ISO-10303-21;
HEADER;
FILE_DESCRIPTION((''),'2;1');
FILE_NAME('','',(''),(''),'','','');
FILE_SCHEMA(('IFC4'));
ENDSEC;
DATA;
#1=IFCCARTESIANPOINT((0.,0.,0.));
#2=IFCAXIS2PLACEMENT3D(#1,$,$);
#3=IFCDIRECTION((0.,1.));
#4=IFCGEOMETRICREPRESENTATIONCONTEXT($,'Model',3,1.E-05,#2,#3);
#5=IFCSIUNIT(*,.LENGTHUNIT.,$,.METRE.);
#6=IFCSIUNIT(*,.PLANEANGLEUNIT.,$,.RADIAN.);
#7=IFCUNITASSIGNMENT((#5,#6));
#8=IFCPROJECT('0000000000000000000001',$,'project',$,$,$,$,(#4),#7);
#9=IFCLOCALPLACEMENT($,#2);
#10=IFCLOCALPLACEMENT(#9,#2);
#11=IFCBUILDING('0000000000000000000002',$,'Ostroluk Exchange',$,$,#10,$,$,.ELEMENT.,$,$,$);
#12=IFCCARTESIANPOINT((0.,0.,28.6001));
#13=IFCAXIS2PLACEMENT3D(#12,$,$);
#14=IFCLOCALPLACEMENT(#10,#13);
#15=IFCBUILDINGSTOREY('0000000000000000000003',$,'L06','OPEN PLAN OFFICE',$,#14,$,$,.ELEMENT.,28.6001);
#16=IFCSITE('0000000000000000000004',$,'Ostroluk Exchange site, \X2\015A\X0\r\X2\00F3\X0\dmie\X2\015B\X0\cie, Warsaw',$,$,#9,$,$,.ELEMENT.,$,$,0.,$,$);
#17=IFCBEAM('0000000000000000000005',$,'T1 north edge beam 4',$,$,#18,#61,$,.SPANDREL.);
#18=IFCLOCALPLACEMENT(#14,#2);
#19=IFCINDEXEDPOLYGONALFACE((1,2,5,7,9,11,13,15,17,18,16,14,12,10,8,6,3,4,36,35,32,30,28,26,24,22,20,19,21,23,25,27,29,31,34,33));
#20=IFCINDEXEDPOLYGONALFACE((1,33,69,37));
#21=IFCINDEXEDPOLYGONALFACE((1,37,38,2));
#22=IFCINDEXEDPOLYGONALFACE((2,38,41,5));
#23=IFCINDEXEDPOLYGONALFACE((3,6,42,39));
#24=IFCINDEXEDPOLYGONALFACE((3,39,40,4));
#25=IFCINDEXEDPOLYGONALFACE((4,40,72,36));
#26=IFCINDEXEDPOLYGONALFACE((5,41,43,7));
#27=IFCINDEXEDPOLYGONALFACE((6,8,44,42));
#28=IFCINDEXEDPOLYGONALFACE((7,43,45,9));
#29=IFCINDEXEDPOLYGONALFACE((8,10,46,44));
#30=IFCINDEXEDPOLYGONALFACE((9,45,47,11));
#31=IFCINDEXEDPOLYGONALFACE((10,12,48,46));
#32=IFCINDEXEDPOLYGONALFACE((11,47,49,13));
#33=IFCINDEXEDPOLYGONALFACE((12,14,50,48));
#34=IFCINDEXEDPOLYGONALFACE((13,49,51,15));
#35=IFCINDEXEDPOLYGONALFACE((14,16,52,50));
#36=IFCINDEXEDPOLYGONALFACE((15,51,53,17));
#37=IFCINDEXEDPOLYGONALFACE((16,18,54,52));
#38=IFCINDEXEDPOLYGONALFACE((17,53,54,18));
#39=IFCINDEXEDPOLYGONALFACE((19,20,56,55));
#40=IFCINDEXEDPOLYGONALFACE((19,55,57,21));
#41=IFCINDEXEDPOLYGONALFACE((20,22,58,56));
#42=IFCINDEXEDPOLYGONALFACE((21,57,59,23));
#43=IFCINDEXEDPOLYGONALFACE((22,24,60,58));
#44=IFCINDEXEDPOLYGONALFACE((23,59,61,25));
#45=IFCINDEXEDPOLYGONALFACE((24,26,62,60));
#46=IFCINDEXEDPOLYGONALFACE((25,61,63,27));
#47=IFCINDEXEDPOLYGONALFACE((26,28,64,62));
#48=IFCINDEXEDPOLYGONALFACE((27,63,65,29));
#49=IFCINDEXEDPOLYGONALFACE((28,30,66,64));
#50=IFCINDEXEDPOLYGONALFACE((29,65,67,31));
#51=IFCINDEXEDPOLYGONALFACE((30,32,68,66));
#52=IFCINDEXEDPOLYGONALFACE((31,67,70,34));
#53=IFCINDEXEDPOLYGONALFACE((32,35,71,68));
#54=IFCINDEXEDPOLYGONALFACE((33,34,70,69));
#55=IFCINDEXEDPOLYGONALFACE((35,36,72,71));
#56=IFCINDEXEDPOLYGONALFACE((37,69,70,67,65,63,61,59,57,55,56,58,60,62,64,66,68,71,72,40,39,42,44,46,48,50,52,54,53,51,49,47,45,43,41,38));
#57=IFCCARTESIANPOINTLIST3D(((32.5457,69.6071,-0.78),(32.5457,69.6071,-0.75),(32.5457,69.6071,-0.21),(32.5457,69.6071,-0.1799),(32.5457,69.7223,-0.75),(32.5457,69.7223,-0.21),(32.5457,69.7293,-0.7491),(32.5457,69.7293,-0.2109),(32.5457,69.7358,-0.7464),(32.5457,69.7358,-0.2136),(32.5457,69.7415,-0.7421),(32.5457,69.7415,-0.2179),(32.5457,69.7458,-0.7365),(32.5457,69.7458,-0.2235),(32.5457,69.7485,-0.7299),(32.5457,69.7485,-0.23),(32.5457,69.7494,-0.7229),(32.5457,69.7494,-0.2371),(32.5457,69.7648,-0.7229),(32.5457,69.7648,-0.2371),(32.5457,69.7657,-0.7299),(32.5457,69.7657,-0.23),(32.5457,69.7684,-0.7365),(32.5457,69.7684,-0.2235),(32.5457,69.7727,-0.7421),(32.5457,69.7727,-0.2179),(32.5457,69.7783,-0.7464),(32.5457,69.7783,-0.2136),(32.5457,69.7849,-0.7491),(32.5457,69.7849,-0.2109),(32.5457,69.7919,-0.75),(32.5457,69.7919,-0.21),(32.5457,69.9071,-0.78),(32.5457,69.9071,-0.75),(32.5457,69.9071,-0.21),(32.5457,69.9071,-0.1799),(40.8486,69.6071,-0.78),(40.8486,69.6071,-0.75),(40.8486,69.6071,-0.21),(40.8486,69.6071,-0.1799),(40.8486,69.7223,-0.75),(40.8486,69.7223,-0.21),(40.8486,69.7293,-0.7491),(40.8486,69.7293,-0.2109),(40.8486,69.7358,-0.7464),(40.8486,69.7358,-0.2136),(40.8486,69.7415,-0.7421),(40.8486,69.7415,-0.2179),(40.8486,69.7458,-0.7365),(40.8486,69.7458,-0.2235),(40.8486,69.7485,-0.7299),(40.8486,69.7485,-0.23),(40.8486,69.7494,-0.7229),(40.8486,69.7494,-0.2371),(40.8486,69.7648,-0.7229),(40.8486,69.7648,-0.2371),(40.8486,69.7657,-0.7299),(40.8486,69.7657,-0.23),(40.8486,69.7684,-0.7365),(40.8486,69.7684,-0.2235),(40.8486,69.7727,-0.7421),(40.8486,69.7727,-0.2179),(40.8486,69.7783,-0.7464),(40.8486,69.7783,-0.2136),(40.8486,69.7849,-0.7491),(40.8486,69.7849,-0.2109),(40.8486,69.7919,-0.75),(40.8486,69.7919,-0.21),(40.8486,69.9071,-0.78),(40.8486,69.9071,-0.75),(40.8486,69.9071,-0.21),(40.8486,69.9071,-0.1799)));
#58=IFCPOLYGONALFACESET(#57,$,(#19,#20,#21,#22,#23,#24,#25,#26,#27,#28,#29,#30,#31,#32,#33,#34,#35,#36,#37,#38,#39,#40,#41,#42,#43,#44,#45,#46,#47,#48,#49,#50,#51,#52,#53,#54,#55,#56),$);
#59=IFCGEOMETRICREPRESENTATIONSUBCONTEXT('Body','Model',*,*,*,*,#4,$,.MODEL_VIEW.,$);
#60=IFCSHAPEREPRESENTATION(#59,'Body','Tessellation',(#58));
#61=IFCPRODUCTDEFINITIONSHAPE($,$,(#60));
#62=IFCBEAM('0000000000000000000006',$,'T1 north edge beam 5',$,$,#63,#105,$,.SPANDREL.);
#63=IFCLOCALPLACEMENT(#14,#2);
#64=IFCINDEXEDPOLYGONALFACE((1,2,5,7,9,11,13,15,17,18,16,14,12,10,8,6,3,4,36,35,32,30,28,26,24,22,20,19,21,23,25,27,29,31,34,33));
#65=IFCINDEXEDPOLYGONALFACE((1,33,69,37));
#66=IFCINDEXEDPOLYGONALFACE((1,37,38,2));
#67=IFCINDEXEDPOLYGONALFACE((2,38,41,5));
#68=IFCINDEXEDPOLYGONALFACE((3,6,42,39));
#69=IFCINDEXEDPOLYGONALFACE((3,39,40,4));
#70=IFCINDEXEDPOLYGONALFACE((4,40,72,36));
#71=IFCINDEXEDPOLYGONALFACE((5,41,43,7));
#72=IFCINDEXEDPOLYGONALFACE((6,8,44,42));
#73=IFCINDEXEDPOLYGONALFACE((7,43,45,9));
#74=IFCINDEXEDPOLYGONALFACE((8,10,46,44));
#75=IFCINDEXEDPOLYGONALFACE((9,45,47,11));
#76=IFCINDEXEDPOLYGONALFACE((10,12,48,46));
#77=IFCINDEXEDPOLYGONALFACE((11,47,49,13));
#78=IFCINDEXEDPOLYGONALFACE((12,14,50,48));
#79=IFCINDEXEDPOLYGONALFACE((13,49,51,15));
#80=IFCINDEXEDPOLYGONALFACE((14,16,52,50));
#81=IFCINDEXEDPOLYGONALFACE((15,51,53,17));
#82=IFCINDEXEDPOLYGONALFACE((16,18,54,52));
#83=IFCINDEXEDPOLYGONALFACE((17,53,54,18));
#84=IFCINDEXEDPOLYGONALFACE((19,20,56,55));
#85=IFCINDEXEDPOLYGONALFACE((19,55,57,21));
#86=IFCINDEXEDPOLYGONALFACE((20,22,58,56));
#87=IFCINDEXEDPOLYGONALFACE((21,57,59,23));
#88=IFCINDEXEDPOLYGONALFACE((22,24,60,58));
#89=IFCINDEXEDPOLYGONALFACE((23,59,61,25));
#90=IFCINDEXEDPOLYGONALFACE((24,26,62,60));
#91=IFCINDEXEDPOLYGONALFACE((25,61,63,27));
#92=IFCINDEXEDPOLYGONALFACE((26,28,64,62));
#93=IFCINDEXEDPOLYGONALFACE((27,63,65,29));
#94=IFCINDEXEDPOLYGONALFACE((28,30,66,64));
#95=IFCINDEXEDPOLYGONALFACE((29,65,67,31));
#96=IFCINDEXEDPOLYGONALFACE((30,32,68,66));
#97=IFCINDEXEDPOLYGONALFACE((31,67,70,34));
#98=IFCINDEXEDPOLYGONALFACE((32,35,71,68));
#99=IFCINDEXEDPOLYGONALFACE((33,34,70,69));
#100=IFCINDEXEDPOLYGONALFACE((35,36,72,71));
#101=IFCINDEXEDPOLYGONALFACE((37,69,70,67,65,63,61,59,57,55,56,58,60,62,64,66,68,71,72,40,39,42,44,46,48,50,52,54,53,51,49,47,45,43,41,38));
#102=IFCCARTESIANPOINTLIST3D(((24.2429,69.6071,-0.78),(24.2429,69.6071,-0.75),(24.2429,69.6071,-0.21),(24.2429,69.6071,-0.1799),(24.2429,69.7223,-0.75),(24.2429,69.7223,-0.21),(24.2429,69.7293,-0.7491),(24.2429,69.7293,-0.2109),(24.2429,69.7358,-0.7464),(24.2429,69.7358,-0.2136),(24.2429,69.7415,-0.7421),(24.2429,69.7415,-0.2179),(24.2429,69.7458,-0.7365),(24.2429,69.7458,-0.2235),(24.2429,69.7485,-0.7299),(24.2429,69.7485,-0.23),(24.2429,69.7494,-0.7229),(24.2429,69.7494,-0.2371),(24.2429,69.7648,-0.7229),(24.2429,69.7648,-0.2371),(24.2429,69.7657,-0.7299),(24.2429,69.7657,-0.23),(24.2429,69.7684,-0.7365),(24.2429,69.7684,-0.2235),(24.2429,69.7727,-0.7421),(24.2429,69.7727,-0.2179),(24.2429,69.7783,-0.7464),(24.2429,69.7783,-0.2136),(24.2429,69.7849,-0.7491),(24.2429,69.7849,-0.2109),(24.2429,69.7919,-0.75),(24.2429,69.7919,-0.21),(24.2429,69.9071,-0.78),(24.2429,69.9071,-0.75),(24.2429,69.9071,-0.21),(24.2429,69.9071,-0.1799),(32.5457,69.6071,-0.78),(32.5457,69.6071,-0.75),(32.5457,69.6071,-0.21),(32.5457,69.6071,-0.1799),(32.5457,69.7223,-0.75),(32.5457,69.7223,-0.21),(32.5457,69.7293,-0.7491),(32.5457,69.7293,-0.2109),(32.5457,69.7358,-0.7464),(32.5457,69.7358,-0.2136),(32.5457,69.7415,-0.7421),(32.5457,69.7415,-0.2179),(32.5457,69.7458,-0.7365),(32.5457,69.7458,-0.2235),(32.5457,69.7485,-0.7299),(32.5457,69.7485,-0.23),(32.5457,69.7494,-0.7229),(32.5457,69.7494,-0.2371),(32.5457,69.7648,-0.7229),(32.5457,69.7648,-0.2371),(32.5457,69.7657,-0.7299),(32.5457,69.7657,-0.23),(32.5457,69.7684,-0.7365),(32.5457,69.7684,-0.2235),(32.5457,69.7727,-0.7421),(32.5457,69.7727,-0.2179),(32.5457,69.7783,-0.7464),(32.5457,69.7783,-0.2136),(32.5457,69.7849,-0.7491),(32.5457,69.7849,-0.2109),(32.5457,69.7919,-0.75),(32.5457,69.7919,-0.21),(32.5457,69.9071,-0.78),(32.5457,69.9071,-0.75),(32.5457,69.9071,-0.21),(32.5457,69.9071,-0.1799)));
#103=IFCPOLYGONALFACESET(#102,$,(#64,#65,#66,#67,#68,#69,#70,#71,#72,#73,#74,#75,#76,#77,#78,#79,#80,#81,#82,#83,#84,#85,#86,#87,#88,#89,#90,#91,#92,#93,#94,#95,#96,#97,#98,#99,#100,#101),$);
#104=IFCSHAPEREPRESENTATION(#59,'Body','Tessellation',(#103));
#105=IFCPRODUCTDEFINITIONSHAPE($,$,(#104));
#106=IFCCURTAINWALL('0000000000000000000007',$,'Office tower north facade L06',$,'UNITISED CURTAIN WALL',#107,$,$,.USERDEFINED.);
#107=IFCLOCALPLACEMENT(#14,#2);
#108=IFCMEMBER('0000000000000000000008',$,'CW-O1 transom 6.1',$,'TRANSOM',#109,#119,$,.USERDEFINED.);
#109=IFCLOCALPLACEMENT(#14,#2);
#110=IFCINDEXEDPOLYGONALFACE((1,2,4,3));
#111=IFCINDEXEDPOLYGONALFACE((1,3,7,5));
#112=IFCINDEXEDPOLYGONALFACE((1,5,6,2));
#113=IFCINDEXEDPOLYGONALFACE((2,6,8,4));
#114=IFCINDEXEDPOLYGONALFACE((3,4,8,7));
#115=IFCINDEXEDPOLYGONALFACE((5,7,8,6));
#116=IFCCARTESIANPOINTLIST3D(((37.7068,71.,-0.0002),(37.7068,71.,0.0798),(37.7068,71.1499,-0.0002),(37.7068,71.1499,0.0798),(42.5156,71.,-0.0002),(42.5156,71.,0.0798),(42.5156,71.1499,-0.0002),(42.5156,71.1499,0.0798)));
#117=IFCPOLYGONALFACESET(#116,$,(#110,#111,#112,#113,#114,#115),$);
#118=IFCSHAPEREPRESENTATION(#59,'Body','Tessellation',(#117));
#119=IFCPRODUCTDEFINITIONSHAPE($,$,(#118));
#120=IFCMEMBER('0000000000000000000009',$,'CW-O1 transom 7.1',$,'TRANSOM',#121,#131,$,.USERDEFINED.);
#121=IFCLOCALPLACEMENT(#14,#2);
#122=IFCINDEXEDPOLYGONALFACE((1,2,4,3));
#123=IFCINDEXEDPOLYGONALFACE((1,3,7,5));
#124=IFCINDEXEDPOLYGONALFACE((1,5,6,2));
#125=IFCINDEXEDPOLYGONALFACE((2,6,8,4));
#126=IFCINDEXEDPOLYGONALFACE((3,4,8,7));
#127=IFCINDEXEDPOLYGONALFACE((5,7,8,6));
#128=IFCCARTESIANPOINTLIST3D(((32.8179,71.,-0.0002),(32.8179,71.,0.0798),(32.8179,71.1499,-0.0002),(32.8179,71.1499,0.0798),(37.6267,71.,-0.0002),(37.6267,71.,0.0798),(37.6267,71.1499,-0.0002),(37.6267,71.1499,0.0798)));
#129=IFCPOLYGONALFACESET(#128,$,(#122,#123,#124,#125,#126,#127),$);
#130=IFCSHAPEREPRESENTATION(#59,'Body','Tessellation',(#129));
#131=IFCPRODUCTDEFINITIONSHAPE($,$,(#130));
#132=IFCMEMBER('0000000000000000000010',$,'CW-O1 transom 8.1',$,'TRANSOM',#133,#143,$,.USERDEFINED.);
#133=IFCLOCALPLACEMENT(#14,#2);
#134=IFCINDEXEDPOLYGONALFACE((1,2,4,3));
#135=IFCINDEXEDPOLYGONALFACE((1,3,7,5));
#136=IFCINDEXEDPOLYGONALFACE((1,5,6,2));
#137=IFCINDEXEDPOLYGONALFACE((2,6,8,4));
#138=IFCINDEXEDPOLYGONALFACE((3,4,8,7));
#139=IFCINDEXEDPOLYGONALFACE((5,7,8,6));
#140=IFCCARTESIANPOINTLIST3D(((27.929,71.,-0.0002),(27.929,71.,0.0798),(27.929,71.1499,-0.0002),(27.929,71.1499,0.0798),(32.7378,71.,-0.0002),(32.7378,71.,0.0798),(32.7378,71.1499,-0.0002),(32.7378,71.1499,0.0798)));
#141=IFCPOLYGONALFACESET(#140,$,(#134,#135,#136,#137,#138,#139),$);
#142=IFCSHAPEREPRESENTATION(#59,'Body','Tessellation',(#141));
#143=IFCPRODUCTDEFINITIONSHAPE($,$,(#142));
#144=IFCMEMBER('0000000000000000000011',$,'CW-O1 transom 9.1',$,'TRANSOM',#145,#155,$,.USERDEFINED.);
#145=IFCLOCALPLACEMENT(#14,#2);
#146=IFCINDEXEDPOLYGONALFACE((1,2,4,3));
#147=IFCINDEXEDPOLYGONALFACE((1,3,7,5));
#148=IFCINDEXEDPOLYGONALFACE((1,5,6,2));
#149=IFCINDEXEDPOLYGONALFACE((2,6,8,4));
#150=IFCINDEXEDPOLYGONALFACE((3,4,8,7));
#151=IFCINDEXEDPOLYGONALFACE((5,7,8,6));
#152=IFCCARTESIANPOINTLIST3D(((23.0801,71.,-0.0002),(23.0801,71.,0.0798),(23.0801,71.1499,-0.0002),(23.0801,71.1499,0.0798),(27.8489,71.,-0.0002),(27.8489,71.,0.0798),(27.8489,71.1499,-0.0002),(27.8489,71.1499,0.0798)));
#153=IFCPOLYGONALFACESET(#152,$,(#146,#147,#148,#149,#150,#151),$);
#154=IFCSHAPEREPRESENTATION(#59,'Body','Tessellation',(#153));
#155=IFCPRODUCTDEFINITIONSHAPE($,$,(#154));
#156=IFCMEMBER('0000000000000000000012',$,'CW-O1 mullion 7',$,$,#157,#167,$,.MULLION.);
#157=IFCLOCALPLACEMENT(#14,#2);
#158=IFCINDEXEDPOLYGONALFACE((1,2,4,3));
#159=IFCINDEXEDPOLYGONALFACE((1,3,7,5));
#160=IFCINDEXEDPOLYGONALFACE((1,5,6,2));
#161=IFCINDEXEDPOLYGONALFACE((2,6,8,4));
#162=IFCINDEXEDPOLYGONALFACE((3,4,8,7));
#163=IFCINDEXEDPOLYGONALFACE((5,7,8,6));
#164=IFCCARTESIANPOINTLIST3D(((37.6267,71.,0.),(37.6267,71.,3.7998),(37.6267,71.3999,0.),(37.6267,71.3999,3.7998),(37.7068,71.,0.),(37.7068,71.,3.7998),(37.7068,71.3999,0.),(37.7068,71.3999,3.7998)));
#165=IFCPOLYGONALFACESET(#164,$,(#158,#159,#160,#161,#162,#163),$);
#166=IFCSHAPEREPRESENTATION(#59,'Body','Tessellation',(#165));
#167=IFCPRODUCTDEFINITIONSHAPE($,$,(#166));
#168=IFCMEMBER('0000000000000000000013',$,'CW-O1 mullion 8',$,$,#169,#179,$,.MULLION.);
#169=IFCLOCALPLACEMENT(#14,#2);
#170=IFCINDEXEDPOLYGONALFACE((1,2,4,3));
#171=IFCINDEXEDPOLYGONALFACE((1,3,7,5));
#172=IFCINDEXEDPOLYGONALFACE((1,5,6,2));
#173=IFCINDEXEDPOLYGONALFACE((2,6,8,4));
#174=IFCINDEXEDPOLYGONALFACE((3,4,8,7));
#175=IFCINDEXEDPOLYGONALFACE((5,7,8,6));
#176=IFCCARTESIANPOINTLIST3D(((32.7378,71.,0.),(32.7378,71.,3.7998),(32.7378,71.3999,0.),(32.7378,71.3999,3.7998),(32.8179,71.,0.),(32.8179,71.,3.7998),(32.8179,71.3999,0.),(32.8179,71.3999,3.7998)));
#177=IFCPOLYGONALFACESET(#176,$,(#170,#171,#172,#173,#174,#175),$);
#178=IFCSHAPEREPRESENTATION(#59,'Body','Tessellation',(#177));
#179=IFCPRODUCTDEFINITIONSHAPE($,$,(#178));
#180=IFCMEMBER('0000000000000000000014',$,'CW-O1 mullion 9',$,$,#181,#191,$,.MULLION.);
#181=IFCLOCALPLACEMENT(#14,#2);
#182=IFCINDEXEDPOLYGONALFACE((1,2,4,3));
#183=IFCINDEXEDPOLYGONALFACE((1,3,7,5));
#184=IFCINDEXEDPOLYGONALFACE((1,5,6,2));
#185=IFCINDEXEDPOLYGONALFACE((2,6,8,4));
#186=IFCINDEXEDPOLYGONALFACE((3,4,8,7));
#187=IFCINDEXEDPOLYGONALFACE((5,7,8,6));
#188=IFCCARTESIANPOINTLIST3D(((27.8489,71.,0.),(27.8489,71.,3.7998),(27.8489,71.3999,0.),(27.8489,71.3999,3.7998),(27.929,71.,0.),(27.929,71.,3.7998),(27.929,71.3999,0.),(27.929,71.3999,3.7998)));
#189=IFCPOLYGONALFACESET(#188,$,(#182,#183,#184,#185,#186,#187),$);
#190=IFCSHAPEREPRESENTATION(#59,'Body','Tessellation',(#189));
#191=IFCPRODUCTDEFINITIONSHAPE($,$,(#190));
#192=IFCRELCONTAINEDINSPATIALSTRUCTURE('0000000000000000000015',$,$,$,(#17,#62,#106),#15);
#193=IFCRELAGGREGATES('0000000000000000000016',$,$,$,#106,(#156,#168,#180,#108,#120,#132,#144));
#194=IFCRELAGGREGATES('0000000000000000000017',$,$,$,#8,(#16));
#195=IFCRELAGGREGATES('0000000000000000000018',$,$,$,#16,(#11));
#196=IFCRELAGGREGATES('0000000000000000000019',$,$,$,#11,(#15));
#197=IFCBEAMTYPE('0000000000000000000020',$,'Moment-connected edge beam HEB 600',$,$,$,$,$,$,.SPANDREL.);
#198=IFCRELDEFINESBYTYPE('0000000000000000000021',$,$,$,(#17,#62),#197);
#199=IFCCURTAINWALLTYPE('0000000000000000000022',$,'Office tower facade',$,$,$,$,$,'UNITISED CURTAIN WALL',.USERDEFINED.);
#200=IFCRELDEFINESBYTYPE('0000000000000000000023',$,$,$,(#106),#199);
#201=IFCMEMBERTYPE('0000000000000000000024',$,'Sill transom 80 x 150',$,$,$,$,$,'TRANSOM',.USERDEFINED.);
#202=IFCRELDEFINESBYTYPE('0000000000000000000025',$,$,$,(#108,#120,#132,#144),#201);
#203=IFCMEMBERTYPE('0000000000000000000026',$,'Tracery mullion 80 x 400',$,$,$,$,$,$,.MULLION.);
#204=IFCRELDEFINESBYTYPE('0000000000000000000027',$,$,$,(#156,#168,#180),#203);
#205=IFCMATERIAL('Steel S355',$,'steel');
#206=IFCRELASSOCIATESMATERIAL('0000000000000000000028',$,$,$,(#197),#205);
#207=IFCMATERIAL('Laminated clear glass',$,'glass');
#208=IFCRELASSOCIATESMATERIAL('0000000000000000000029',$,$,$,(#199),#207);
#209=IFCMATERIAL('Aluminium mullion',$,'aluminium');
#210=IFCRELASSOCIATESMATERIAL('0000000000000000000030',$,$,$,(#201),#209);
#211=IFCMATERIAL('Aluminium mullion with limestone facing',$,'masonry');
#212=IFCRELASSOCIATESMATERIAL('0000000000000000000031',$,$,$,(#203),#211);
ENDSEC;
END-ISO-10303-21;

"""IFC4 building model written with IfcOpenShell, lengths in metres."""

from ifc_helpers import new_model, si_unit, direction, frame, origin, origin_2d, place, context, subcontext, project, spatial, rectangle, i_section, extrude, material, material_profile, profile_set, type_object, element, aggregate, save


model = new_model("IFC4")

# Units and contexts
model_context = context("Model", 3, precision=1e-05, world=origin(), true_north=direction((0.0, 1.0)))
body_context = subcontext(model_context, "Body", "Model", "MODEL_VIEW")
ifc_project = project(units=[si_unit("LENGTHUNIT", "METRE"), si_unit("PLANEANGLEUNIT", "RADIAN")], contexts=[model_context])

# Site, building, storey
site_placement = place(None, origin())
site = spatial("IfcSite", under=ifc_project, at=site_placement, Name="Ostroluk Exchange site, Śródmieście, Warsaw", CompositionType="ELEMENT", RefElevation=0.0)
building_placement = place(site_placement, origin())
building = spatial("IfcBuilding", under=site, at=building_placement, Name="Ostroluk Exchange", CompositionType="ELEMENT")
storey_placement = place(building_placement, frame((0.0, 0.0, 28.6001)))
storey = spatial("IfcBuildingStorey", under=building, at=storey_placement, Name="L06", Description="OPEN PLAN OFFICE", CompositionType="ELEMENT", Elevation=28.6001)

# Beams
ifc_material_1 = material(Name="Steel S355", Category="steel")
ifc_material_profile_1 = material_profile(ifc_material_1, i_section(OverallWidth=0.3, OverallDepth=0.6001, WebThickness=0.0154, FlangeThickness=0.03, FilletRadius=0.0271, at=origin_2d()), Name="HEB 600")
ifc_profile_set_1 = profile_set([ifc_material_profile_1], Name="Steel S355")
beam_type = type_object("IfcBeamType", Name="Moment-connected edge beam HEB 600", PredefinedType="SPANDREL", material=ifc_profile_set_1)
beam_1_placement = place(storey_placement, frame((40.8486, 69.7571, -0.48), z_axis=(-1.0, 0.0, 0.0), x_axis=(0.0, -1.0, 0.0)))
element("IfcBeam", 1, at=beam_1_placement, inside=storey, type_object=beam_type, Name="T1 north edge beam 4", PredefinedType="SPANDREL", context=body_context, shape_type="SweptSolid", body=[
    extrude(i_section(OverallWidth=0.3, OverallDepth=0.6001, WebThickness=0.0154, FlangeThickness=0.03, FilletRadius=0.0271, at=origin_2d()), origin(), (0.0, 0.0, 1.0), 8.303),
])
beam_2_placement = place(storey_placement, frame((32.5457, 69.7571, -0.48), z_axis=(-1.0, 0.0, 0.0), x_axis=(0.0, -1.0, 0.0)))
element("IfcBeam", 2, at=beam_2_placement, inside=storey, type_object=beam_type, Name="T1 north edge beam 5", PredefinedType="SPANDREL", context=body_context, shape_type="SweptSolid", body=[
    extrude(i_section(OverallWidth=0.3, OverallDepth=0.6001, WebThickness=0.0154, FlangeThickness=0.03, FilletRadius=0.0271, at=origin_2d()), origin(), (0.0, 0.0, 1.0), 8.3027),
])

# Curtain wall, members
ifc_material_2 = material(Name="Laminated clear glass", Category="glass")
curtain_wall_type = type_object("IfcCurtainWallType", Name="Office tower facade", ElementType="UNITISED CURTAIN WALL", PredefinedType="USERDEFINED", material=ifc_material_2)
curtain_wall_placement = place(storey_placement, origin())
curtain_wall = element("IfcCurtainWall", 3, at=curtain_wall_placement, inside=storey, type_object=curtain_wall_type, Name="Office tower north facade L06", ObjectType="UNITISED CURTAIN WALL", PredefinedType="USERDEFINED")
ifc_material_3 = material(Name="Aluminium mullion", Category="aluminium")
ifc_material_profile_2 = material_profile(ifc_material_3, rectangle(XDim=0.1499, YDim=0.0801, at=origin_2d()), Name="Sill transom 80 x 150")
ifc_profile_set_2 = profile_set([ifc_material_profile_2], Name="Aluminium mullion")
member_type_1 = type_object("IfcMemberType", Name="Sill transom 80 x 150", ElementType="TRANSOM", PredefinedType="USERDEFINED", material=ifc_profile_set_2)
member_1_placement = place(storey_placement, frame((42.5156, 71.075, 0.0398), z_axis=(-1.0, 0.0, 0.0), x_axis=(0.0, -1.0, 0.0)))
member_1 = element("IfcMember", 4, at=member_1_placement, type_object=member_type_1, Name="CW-O1 transom 6.1", ObjectType="TRANSOM", PredefinedType="USERDEFINED", context=body_context, shape_type="SweptSolid", body=[
    extrude(rectangle(XDim=0.1499, YDim=0.0801, at=origin_2d()), origin(), (0.0, 0.0, 1.0), 4.8088),
])
member_2_placement = place(storey_placement, frame((37.6267, 71.075, 0.0398), z_axis=(-1.0, 0.0, 0.0), x_axis=(0.0, -1.0, 0.0)))
member_2 = element("IfcMember", 5, at=member_2_placement, type_object=member_type_1, Name="CW-O1 transom 7.1", ObjectType="TRANSOM", PredefinedType="USERDEFINED", context=body_context, shape_type="SweptSolid", body=[
    extrude(rectangle(XDim=0.1499, YDim=0.0801, at=origin_2d()), origin(), (0.0, 0.0, 1.0), 4.8088),
])
member_3_placement = place(storey_placement, frame((32.7378, 71.075, 0.0398), z_axis=(-1.0, 0.0, 0.0), x_axis=(0.0, -1.0, 0.0)))
member_3 = element("IfcMember", 6, at=member_3_placement, type_object=member_type_1, Name="CW-O1 transom 8.1", ObjectType="TRANSOM", PredefinedType="USERDEFINED", context=body_context, shape_type="SweptSolid", body=[
    extrude(rectangle(XDim=0.1499, YDim=0.0801, at=origin_2d()), origin(), (0.0, 0.0, 1.0), 4.8088),
])
member_4_placement = place(storey_placement, frame((27.8489, 71.075, 0.0398), z_axis=(-1.0, 0.0, 0.0), x_axis=(0.0, -1.0, 0.0)))
member_4 = element("IfcMember", 7, at=member_4_placement, type_object=member_type_1, Name="CW-O1 transom 9.1", ObjectType="TRANSOM", PredefinedType="USERDEFINED", context=body_context, shape_type="SweptSolid", body=[
    extrude(rectangle(XDim=0.1499, YDim=0.0801, at=origin_2d()), origin(), (0.0, 0.0, 1.0), 4.7688),
])
ifc_material_4 = material(Name="Aluminium mullion with limestone facing", Category="masonry")
ifc_material_profile_3 = material_profile(ifc_material_4, rectangle(XDim=0.3999, YDim=0.0801, at=origin_2d()), Name="Tracery mullion 80 x 400")
ifc_profile_set_3 = profile_set([ifc_material_profile_3], Name="Aluminium mullion with limestone facing")
member_type_2 = type_object("IfcMemberType", Name="Tracery mullion 80 x 400", PredefinedType="MULLION", material=ifc_profile_set_3)
member_5_placement = place(storey_placement, frame((37.6667, 71.2, 0.0), z_axis=(0.0, 0.0, 1.0), x_axis=(0.0, -1.0, 0.0)))
member_5 = element("IfcMember", 8, at=member_5_placement, type_object=member_type_2, Name="CW-O1 mullion 7", PredefinedType="MULLION", context=body_context, shape_type="SweptSolid", body=[
    extrude(rectangle(XDim=0.3999, YDim=0.0801, at=origin_2d()), origin(), (0.0, 0.0, 1.0), 3.7998),
])
member_6_placement = place(storey_placement, frame((32.7778, 71.2, 0.0), z_axis=(0.0, 0.0, 1.0), x_axis=(0.0, -1.0, 0.0)))
member_6 = element("IfcMember", 9, at=member_6_placement, type_object=member_type_2, Name="CW-O1 mullion 8", PredefinedType="MULLION", context=body_context, shape_type="SweptSolid", body=[
    extrude(rectangle(XDim=0.3999, YDim=0.0801, at=origin_2d()), origin(), (0.0, 0.0, 1.0), 3.7998),
])
member_7_placement = place(storey_placement, frame((27.8889, 71.2, 0.0), z_axis=(0.0, 0.0, 1.0), x_axis=(0.0, -1.0, 0.0)))
member_7 = element("IfcMember", 10, at=member_7_placement, type_object=member_type_2, Name="CW-O1 mullion 9", PredefinedType="MULLION", context=body_context, shape_type="SweptSolid", body=[
    extrude(rectangle(XDim=0.3999, YDim=0.0801, at=origin_2d()), origin(), (0.0, 0.0, 1.0), 3.7998),
])
aggregate(curtain_wall, [member_5, member_6, member_7, member_1, member_2, member_3, member_4])

save(model, "model.ifc")
